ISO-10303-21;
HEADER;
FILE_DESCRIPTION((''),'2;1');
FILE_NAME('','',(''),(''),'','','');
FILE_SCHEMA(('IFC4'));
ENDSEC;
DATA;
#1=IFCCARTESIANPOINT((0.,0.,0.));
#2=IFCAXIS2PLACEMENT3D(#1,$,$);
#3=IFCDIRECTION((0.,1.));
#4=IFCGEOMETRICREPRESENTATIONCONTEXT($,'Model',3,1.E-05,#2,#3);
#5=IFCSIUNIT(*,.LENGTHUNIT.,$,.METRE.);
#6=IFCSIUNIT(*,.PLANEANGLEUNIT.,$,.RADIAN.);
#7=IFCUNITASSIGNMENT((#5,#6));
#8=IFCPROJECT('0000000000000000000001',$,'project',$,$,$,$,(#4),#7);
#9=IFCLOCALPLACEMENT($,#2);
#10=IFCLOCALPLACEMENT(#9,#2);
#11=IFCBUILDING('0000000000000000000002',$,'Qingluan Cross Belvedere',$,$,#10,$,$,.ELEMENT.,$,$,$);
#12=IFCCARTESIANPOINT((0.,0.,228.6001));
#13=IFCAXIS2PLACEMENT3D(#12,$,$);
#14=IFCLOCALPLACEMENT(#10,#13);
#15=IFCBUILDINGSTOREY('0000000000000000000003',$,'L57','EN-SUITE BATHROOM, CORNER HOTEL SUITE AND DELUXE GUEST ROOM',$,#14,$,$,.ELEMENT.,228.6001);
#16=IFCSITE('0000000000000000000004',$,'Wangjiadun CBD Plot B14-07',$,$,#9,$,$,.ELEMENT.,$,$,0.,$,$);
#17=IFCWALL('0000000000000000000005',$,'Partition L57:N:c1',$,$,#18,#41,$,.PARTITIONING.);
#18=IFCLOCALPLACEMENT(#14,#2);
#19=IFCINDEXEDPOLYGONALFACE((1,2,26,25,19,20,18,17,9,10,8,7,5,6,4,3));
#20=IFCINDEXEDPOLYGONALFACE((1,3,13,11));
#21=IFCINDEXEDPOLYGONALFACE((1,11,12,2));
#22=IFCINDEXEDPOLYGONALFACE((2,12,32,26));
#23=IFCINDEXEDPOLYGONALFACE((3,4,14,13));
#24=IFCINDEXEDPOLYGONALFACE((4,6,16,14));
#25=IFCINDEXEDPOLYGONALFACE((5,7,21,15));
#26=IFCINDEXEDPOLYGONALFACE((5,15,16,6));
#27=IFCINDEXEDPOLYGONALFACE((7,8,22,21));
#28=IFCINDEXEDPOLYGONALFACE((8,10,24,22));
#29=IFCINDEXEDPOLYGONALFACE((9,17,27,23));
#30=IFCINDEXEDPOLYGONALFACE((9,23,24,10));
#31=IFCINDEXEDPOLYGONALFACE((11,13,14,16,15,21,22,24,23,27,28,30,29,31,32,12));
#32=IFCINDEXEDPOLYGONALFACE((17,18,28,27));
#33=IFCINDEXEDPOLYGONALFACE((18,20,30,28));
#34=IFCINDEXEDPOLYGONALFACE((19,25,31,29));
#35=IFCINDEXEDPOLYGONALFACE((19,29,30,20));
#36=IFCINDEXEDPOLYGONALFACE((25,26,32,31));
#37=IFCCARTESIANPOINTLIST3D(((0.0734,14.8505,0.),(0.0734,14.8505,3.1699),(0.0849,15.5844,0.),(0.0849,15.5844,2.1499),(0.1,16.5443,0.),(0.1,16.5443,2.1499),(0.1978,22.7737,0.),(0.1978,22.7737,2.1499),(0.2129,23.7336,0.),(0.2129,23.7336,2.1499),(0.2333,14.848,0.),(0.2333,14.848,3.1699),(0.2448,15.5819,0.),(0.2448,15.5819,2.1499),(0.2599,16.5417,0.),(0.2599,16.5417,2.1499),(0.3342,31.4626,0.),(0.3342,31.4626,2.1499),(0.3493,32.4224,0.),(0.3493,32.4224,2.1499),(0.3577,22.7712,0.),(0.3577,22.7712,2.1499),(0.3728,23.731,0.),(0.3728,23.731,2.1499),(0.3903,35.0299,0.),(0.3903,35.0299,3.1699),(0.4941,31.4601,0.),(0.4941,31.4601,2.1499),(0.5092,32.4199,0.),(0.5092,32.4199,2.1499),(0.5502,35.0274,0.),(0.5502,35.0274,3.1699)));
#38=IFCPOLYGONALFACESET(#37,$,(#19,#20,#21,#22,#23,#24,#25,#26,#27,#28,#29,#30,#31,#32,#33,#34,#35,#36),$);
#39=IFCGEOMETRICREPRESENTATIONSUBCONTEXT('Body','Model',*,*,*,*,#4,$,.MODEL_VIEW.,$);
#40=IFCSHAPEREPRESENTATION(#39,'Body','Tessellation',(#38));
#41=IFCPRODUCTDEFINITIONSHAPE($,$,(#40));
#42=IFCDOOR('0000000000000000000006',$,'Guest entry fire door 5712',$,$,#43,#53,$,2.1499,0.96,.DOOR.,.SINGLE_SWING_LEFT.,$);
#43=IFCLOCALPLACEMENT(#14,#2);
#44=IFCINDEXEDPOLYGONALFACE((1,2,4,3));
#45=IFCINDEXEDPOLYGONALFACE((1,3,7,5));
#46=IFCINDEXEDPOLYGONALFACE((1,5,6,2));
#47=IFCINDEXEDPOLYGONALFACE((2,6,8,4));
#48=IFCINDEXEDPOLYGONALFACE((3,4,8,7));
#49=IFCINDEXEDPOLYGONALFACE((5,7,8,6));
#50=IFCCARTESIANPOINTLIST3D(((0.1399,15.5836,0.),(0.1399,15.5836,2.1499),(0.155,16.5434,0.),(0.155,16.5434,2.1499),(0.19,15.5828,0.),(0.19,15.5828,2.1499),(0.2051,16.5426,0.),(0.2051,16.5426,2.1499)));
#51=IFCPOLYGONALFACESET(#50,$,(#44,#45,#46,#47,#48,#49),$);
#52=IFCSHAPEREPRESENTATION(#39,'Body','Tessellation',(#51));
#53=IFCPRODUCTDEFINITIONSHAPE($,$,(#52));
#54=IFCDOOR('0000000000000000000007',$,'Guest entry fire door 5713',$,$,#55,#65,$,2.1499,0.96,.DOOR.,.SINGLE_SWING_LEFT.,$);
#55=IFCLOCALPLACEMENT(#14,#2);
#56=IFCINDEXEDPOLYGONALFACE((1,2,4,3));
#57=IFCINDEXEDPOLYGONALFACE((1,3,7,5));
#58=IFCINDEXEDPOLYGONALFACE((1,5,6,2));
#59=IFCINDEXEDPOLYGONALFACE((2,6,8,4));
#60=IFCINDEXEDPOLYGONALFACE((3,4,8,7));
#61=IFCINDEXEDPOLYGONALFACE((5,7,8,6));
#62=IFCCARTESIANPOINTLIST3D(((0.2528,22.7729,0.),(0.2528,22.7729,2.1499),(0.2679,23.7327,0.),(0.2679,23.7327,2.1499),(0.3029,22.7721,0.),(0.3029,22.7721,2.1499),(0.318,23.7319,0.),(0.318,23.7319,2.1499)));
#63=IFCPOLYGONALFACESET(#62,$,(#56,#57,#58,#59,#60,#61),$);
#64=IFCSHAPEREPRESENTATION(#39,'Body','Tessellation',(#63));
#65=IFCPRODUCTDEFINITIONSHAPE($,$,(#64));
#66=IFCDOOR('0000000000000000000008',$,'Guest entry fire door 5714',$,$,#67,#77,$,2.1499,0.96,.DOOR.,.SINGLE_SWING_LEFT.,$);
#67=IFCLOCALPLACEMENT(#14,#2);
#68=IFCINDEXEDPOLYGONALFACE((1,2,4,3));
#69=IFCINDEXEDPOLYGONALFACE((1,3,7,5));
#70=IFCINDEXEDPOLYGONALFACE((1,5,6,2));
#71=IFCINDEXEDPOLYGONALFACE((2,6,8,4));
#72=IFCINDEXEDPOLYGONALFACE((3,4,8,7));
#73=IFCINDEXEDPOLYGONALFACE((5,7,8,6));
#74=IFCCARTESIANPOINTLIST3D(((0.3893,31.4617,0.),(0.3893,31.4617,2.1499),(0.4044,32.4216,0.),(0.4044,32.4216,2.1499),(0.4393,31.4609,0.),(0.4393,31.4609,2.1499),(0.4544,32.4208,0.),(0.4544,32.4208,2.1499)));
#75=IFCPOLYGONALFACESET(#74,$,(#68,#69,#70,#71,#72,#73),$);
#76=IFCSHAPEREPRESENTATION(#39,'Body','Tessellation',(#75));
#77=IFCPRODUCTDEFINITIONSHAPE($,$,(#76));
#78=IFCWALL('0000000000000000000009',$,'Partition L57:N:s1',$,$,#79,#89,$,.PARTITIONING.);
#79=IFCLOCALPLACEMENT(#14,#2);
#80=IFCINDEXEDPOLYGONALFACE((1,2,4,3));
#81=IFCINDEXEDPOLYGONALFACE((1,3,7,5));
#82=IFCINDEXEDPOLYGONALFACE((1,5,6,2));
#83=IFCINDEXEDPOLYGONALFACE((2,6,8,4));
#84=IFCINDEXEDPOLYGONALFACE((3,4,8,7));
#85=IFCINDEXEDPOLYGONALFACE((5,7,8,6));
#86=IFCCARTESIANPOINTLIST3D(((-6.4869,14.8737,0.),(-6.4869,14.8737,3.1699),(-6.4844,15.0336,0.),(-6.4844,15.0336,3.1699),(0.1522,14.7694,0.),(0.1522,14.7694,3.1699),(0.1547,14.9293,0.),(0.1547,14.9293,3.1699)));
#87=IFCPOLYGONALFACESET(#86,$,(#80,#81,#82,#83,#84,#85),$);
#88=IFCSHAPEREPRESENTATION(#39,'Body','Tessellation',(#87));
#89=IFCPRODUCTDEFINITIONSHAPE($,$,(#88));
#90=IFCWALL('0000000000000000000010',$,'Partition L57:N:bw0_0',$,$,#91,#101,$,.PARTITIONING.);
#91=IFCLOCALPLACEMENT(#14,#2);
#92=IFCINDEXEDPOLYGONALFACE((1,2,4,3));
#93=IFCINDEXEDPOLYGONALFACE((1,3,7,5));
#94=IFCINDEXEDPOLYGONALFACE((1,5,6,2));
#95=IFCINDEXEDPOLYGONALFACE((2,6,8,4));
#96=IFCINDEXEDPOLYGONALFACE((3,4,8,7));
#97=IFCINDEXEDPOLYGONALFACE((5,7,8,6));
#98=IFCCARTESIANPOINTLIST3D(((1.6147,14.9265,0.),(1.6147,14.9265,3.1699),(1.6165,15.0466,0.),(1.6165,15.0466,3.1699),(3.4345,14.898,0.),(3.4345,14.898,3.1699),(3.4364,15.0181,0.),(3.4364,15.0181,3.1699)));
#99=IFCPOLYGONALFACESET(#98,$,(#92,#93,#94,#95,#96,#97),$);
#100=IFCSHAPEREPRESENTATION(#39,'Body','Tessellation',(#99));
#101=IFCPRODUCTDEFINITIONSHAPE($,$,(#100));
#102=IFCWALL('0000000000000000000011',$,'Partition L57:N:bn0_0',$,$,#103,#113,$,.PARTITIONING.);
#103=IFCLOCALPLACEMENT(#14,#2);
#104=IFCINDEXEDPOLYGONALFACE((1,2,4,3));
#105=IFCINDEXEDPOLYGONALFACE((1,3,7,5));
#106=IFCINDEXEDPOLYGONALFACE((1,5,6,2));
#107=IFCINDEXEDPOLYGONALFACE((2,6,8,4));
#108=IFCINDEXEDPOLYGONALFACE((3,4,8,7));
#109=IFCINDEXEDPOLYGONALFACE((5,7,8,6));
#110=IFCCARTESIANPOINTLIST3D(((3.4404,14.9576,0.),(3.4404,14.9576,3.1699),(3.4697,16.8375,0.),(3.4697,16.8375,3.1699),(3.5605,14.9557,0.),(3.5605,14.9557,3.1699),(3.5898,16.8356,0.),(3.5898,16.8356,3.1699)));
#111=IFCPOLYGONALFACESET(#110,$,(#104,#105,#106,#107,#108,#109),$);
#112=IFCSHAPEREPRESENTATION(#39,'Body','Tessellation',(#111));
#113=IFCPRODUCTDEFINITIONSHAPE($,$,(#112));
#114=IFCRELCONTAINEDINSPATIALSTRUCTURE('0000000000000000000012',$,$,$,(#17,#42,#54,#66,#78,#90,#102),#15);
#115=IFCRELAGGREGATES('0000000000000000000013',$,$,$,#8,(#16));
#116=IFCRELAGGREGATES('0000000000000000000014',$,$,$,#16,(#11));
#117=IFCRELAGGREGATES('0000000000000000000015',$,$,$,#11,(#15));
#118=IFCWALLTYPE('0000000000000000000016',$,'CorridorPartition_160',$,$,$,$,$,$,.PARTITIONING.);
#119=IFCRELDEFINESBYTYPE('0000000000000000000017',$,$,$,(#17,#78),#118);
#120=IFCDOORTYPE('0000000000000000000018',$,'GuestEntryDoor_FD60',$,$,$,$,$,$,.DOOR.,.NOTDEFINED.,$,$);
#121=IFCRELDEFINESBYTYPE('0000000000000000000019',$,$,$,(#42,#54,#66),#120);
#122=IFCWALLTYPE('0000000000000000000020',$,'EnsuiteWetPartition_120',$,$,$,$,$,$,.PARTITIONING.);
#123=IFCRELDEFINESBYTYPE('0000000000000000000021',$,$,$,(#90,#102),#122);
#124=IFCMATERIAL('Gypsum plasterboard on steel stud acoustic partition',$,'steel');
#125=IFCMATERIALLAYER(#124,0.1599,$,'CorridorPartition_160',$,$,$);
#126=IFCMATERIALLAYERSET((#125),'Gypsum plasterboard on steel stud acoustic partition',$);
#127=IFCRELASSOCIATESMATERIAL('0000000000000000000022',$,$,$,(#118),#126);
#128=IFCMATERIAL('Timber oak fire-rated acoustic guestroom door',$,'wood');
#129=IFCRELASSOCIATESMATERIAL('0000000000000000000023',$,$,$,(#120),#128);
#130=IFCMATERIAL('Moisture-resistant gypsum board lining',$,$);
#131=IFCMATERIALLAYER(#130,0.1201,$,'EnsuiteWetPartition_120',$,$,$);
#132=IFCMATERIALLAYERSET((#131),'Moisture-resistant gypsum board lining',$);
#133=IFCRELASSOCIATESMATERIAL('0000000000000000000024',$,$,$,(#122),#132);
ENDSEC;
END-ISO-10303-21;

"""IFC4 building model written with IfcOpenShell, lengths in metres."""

from ifc_helpers import new_model, si_unit, direction, frame, frame_2d, origin, place, context, subcontext, project, spatial, rectangle, extrude, material, layer, layer_set, type_object, element, fill, save


model = new_model("IFC4")

# Units and contexts
model_context = context("Model", 3, precision=1e-05, world=origin(), true_north=direction((0.0, 1.0)))
body_context = subcontext(model_context, "Body", "Model", "MODEL_VIEW")
ifc_project = project(units=[si_unit("LENGTHUNIT", "METRE"), si_unit("PLANEANGLEUNIT", "RADIAN")], contexts=[model_context])

# Site, building, storey
site_placement = place(None, origin())
site = spatial("IfcSite", under=ifc_project, at=site_placement, Name="Wangjiadun CBD Plot B14-07", CompositionType="ELEMENT", RefElevation=0.0)
building_placement = place(site_placement, origin())
building = spatial("IfcBuilding", under=site, at=building_placement, Name="Qingluan Cross Belvedere", CompositionType="ELEMENT")
storey_placement = place(building_placement, frame((0.0, 0.0, 228.6001)))
storey = spatial("IfcBuildingStorey", under=building, at=storey_placement, Name="L57", Description="EN-SUITE BATHROOM, CORNER HOTEL SUITE AND DELUXE GUEST ROOM", CompositionType="ELEMENT", Elevation=228.6001)

# Shared definitions
ifc_material_1 = material(Name="Gypsum plasterboard on steel stud acoustic partition", Category="steel")
ifc_layer_1 = layer(ifc_material_1, 0.1599, Name="CorridorPartition_160")
ifc_layer_set_1 = layer_set([ifc_layer_1], Name="Gypsum plasterboard on steel stud acoustic partition")
wall_type_1 = type_object("IfcWallType", Name="CorridorPartition_160", PredefinedType="PARTITIONING", material=ifc_layer_set_1)

# Shared definitions
ifc_material_2 = material(Name="Timber oak fire-rated acoustic guestroom door", Category="wood")
door_type = type_object("IfcDoorType", Name="GuestEntryDoor_FD60", OperationType="NOTDEFINED", PredefinedType="DOOR", material=ifc_material_2)

# Wall, openings, doors
wall_1_placement = place(storey_placement, frame((0.1533, 14.8494, 0.0), z_axis=(0.0, 0.0, 1.0), x_axis=(0.015702, 0.999877, 0.0)))
wall_1 = element("IfcWall", 1, at=wall_1_placement, inside=storey, type_object=wall_type_1, Name="Partition L57:N:c1", PredefinedType="PARTITIONING", context=body_context, shape_type="SweptSolid", body=[
    extrude(rectangle(XDim=20.1819, YDim=0.1599, at=frame_2d((10.0908, 0.0))), origin(), (0.0, 0.0, 1.0), 3.1699),
])
opening_1_placement = place(wall_1_placement, frame((0.7339, 0.0, 0.0)))
opening_1 = element("IfcOpeningElement", 2, at=opening_1_placement, cuts=wall_1, PredefinedType="OPENING", context=body_context, shape_type="SweptSolid", body=[
    extrude(rectangle(XDim=0.96, YDim=2.1499, at=frame_2d((0.48, 1.075))), frame((0.0, 0.0898, 0.0), z_axis=(0.0, -1.0, 0.0), x_axis=(1.0, 0.0, 0.0)), (0.0, 0.0, 1.0), 0.1799),
])
opening_2_placement = place(wall_1_placement, frame((7.9241, 0.0, 0.0)))
opening_2 = element("IfcOpeningElement", 3, at=opening_2_placement, cuts=wall_1, PredefinedType="OPENING", context=body_context, shape_type="SweptSolid", body=[
    extrude(rectangle(XDim=0.96, YDim=2.1499, at=frame_2d((0.48, 1.075))), frame((0.0, 0.0898, 0.0), z_axis=(0.0, -1.0, 0.0), x_axis=(1.0, 0.0, 0.0)), (0.0, 0.0, 1.0), 0.1799),
])
opening_3_placement = place(wall_1_placement, frame((16.614, 0.0, 0.0)))
opening_3 = element("IfcOpeningElement", 4, at=opening_3_placement, cuts=wall_1, PredefinedType="OPENING", context=body_context, shape_type="SweptSolid", body=[
    extrude(rectangle(XDim=0.96, YDim=2.1499, at=frame_2d((0.48, 1.075))), frame((0.0, 0.0898, 0.0), z_axis=(0.0, -1.0, 0.0), x_axis=(1.0, 0.0, 0.0)), (0.0, 0.0, 1.0), 0.1799),
])
door_1_placement = place(opening_1_placement, origin())
door_1 = element("IfcDoor", 5, at=door_1_placement, inside=storey, type_object=door_type, Name="Guest entry fire door 5712", OperationType="SINGLE_SWING_LEFT", OverallHeight=2.1499, OverallWidth=0.96, PredefinedType="DOOR", context=body_context, shape_type="SweptSolid", body=[
    extrude(rectangle(XDim=0.96, YDim=2.1499, at=frame_2d((0.48, 1.075))), frame((0.0, 0.0249, 0.0), z_axis=(0.0, -1.0, 0.0), x_axis=(1.0, 0.0, 0.0)), (0.0, 0.0, 1.0), 0.05),
])
fill(opening_1, door_1)
door_2_placement = place(opening_2_placement, origin())
door_2 = element("IfcDoor", 6, at=door_2_placement, inside=storey, type_object=door_type, Name="Guest entry fire door 5713", OperationType="SINGLE_SWING_LEFT", OverallHeight=2.1499, OverallWidth=0.96, PredefinedType="DOOR", context=body_context, shape_type="SweptSolid", body=[
    extrude(rectangle(XDim=0.96, YDim=2.1499, at=frame_2d((0.48, 1.075))), frame((0.0, 0.0249, 0.0), z_axis=(0.0, -1.0, 0.0), x_axis=(1.0, 0.0, 0.0)), (0.0, 0.0, 1.0), 0.05),
])
fill(opening_2, door_2)
door_3_placement = place(opening_3_placement, origin())
door_3 = element("IfcDoor", 7, at=door_3_placement, inside=storey, type_object=door_type, Name="Guest entry fire door 5714", OperationType="SINGLE_SWING_LEFT", OverallHeight=2.1499, OverallWidth=0.96, PredefinedType="DOOR", context=body_context, shape_type="SweptSolid", body=[
    extrude(rectangle(XDim=0.96, YDim=2.1499, at=frame_2d((0.48, 1.075))), frame((0.0, 0.0249, 0.0), z_axis=(0.0, -1.0, 0.0), x_axis=(1.0, 0.0, 0.0)), (0.0, 0.0, 1.0), 0.05),
])
fill(opening_3, door_3)

# Walls
wall_2_placement = place(storey_placement, frame((0.1533, 14.8494, 0.0), z_axis=(0.0, 0.0, 1.0), x_axis=(-0.999877, 0.0157, 0.0)))
element("IfcWall", 8, at=wall_2_placement, inside=storey, type_object=wall_type_1, Name="Partition L57:N:s1", PredefinedType="PARTITIONING", context=body_context, shape_type="SweptSolid", body=[
    extrude(rectangle(XDim=6.6399, YDim=0.1599, at=frame_2d((3.3198, 0.0))), origin(), (0.0, 0.0, 1.0), 3.1699),
])
ifc_material_3 = material(Name="Moisture-resistant gypsum board lining")
ifc_layer_2 = layer(ifc_material_3, 0.1201, Name="EnsuiteWetPartition_120")
ifc_layer_set_2 = layer_set([ifc_layer_2], Name="Moisture-resistant gypsum board lining")
wall_type_2 = type_object("IfcWallType", Name="EnsuiteWetPartition_120", PredefinedType="PARTITIONING", material=ifc_layer_set_2)
wall_3_placement = place(storey_placement, frame((1.6155, 14.9866, 0.0), z_axis=(0.0, 0.0, 1.0), x_axis=(0.999877, -0.015694, 0.0)))
element("IfcWall", 9, at=wall_3_placement, inside=storey, type_object=wall_type_2, Name="Partition L57:N:bw0_0", PredefinedType="PARTITIONING", context=body_context, shape_type="SweptSolid", body=[
    extrude(rectangle(XDim=1.8201, YDim=0.1201, at=frame_2d((0.9102, 0.0))), origin(), (0.0, 0.0, 1.0), 3.1699),
])
wall_4_placement = place(storey_placement, frame((3.5005, 14.9568, 0.0), z_axis=(0.0, 0.0, 1.0), x_axis=(0.015583, 0.999879, 0.0)))
element("IfcWall", 10, at=wall_4_placement, inside=storey, type_object=wall_type_2, Name="Partition L57:N:bn0_0", PredefinedType="PARTITIONING", context=body_context, shape_type="SweptSolid", body=[
    extrude(rectangle(XDim=1.8801, YDim=0.1201, at=frame_2d((0.9399, 0.0))), origin(), (0.0, 0.0, 1.0), 3.1699),
])

save(model, "model.ifc")
